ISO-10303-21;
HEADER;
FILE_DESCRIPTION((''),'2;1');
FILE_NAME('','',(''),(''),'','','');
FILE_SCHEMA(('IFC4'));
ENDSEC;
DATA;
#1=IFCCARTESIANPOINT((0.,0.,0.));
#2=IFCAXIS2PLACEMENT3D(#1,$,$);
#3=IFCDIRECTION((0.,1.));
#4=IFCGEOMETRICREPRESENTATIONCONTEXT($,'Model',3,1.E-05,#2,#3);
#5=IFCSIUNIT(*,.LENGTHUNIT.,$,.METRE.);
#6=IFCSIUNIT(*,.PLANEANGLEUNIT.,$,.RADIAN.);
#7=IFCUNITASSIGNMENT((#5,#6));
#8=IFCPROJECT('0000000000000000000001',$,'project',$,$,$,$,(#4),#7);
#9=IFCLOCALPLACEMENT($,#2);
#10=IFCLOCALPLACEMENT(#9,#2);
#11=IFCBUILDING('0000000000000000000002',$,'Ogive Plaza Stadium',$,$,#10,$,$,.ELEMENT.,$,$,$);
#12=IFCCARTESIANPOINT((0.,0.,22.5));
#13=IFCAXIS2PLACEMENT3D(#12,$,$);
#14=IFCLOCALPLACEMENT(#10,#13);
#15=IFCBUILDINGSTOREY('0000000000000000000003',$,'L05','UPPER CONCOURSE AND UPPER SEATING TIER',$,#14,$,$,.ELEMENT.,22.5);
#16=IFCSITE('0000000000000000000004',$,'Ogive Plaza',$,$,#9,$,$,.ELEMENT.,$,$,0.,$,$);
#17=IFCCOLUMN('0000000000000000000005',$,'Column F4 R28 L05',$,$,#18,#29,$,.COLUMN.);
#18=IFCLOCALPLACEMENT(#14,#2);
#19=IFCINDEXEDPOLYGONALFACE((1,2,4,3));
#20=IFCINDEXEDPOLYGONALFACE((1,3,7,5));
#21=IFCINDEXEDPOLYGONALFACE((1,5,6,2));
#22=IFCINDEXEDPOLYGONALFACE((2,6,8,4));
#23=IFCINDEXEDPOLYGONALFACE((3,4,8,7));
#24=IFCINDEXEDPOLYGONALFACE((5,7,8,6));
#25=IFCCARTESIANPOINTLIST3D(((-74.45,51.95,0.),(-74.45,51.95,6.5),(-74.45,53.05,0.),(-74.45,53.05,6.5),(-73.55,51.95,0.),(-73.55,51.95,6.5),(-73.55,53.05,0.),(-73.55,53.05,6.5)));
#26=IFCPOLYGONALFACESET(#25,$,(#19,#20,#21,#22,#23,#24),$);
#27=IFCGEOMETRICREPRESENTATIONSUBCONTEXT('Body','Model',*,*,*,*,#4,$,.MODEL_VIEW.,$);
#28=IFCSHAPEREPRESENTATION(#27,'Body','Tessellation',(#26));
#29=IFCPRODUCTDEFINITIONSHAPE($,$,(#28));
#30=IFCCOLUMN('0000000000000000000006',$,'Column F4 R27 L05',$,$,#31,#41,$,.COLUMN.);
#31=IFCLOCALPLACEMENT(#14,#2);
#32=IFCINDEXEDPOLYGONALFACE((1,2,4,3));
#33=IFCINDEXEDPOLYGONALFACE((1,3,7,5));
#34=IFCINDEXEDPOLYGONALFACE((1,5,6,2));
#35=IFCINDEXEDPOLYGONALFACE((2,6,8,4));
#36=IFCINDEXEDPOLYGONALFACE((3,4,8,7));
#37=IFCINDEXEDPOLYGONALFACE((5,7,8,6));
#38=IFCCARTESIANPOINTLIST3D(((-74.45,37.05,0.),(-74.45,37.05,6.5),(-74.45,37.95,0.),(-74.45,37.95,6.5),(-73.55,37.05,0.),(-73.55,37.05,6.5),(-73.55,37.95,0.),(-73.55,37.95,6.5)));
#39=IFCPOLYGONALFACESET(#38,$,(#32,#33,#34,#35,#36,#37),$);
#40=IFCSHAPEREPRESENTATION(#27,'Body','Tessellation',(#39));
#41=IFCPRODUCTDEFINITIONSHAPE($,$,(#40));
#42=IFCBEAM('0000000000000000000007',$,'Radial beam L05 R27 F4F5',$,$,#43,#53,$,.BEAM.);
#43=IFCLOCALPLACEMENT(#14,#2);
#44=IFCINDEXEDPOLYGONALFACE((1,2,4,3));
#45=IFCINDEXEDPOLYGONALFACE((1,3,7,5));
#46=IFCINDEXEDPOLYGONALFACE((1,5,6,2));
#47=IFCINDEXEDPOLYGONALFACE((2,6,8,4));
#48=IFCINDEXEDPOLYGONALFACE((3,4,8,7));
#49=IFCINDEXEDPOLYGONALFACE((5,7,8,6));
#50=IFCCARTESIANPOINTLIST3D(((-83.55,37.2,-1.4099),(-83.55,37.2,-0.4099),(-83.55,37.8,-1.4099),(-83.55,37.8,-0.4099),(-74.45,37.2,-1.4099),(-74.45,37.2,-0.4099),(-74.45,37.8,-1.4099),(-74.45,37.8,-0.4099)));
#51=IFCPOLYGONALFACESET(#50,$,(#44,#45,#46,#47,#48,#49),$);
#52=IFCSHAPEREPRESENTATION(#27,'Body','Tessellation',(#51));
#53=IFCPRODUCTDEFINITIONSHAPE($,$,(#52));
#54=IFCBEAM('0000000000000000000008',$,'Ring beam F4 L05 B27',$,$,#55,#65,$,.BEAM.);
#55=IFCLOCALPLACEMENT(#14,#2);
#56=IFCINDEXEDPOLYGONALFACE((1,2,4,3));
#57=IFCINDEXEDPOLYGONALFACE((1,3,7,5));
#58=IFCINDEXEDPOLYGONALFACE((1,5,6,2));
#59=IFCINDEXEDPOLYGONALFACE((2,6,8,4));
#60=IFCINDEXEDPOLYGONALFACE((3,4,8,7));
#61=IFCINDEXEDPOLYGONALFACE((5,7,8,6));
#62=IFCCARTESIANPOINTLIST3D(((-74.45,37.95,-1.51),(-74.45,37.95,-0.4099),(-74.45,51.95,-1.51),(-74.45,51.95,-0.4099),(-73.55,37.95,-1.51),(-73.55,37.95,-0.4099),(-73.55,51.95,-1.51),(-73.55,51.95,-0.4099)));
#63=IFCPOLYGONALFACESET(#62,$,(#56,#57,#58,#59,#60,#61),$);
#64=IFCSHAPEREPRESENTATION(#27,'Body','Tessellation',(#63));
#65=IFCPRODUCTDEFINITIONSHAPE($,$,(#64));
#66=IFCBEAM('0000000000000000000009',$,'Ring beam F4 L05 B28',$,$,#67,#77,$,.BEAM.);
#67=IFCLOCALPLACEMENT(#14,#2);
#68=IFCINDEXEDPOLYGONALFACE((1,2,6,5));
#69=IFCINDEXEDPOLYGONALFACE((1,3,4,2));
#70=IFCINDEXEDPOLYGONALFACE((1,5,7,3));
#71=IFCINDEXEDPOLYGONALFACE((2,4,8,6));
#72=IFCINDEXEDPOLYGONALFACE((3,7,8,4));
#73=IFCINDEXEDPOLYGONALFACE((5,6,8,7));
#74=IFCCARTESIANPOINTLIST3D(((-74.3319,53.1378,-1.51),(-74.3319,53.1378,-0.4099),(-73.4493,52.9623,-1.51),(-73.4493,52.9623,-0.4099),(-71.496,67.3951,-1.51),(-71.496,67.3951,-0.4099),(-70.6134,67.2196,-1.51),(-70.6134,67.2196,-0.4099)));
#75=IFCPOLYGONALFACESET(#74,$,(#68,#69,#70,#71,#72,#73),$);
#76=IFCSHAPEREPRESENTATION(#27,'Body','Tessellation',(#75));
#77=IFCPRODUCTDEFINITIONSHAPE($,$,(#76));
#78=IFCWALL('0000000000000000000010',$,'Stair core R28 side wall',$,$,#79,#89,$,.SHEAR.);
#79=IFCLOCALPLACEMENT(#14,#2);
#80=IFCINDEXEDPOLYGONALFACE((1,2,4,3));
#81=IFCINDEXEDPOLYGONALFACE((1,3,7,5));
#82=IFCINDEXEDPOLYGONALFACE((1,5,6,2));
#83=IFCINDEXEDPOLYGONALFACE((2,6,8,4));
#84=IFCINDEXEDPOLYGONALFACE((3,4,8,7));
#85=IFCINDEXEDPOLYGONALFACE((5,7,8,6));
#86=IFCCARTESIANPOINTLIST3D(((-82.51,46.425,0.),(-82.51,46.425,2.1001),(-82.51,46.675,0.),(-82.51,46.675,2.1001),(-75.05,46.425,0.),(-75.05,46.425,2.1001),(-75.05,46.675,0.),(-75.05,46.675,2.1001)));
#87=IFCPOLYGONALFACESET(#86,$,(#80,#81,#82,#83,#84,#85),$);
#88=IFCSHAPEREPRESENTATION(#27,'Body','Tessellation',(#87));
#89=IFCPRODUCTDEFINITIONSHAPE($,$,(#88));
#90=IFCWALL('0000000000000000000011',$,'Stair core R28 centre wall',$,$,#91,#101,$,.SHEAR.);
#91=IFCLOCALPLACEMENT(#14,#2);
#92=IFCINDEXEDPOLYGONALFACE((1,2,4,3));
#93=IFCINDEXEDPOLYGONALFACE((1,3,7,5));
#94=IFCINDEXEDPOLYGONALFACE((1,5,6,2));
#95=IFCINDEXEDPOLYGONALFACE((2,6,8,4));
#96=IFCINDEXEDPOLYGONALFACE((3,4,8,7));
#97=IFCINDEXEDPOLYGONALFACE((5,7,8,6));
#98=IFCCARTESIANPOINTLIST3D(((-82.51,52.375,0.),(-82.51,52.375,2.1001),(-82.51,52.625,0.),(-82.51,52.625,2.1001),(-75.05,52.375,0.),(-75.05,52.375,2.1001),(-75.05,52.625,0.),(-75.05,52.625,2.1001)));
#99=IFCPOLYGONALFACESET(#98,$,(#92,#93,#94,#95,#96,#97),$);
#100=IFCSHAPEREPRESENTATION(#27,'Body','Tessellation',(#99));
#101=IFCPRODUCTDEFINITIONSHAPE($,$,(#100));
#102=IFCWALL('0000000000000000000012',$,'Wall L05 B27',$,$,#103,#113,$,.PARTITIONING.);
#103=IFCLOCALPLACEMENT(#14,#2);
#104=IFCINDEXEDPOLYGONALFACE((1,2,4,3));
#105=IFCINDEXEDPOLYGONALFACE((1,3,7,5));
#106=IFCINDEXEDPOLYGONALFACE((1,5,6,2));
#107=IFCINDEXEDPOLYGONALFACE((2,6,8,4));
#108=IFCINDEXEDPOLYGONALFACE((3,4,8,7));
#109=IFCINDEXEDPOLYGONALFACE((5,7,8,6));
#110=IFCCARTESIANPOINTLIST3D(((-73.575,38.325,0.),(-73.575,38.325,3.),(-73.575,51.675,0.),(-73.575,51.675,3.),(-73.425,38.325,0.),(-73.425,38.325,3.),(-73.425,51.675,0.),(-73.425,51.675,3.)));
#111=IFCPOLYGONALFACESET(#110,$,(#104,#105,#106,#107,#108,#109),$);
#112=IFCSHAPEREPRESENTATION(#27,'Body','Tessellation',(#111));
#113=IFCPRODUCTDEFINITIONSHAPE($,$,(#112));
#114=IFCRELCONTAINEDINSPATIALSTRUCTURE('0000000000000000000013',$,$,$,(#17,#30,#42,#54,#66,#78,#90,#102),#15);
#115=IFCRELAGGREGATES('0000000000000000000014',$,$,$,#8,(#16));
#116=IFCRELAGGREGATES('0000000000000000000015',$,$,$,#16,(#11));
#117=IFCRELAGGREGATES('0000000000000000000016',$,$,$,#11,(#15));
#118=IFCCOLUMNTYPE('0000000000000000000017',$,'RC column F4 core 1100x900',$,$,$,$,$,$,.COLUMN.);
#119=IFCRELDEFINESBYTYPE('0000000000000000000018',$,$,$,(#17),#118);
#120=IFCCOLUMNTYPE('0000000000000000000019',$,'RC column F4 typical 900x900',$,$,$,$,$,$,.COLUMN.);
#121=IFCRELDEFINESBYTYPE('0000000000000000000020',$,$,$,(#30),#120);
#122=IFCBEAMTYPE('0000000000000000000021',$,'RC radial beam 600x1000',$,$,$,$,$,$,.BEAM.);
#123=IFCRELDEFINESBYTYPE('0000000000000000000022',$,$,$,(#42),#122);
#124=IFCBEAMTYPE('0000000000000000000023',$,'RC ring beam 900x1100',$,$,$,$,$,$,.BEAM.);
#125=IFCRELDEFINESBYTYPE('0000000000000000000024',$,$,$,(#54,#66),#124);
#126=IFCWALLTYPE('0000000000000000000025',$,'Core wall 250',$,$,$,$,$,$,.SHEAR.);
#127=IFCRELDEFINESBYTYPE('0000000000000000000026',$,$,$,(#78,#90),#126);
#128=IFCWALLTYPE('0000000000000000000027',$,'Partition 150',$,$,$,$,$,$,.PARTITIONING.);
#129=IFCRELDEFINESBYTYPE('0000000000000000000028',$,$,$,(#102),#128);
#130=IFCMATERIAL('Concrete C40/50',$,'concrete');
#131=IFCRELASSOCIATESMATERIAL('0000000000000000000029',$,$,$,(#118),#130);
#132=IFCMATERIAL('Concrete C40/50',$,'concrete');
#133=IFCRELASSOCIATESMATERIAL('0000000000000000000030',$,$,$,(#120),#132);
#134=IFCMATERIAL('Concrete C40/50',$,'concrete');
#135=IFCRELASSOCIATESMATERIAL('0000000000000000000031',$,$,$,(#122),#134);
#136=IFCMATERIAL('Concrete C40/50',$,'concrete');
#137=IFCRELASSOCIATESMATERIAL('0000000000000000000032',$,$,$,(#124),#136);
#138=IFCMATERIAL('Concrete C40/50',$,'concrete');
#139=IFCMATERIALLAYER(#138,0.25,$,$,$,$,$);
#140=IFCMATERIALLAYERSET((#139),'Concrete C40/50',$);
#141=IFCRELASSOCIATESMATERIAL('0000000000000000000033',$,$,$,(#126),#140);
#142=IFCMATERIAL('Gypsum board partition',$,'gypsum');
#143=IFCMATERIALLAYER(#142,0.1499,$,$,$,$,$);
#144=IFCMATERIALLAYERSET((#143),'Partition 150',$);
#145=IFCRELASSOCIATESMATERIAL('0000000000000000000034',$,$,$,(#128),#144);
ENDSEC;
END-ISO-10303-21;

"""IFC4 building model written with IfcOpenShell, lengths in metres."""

from ifc_helpers import new_model, si_unit, direction, frame, frame_2d, origin, origin_2d, place, context, subcontext, project, spatial, rectangle, extrude, material, layer, layer_set, material_profile, profile_set, type_object, element, save


model = new_model("IFC4")

# Units and contexts
model_context = context("Model", 3, precision=1e-05, world=origin(), true_north=direction((0.0, 1.0)))
body_context = subcontext(model_context, "Body", "Model", "MODEL_VIEW")
ifc_project = project(units=[si_unit("LENGTHUNIT", "METRE"), si_unit("PLANEANGLEUNIT", "RADIAN")], contexts=[model_context])

# Site, building, storey
site_placement = place(None, origin())
site = spatial("IfcSite", under=ifc_project, at=site_placement, Name="Ogive Plaza", CompositionType="ELEMENT", RefElevation=0.0)
building_placement = place(site_placement, origin())
building = spatial("IfcBuilding", under=site, at=building_placement, Name="Ogive Plaza Stadium", CompositionType="ELEMENT")
storey_placement = place(building_placement, frame((0.0, 0.0, 22.5)))
storey = spatial("IfcBuildingStorey", under=building, at=storey_placement, Name="L05", Description="UPPER CONCOURSE AND UPPER SEATING TIER", CompositionType="ELEMENT", Elevation=22.5)

# Columns
ifc_material_1 = material(Name="Concrete C40/50", Category="concrete")
ifc_material_profile_1 = material_profile(ifc_material_1, rectangle(XDim=1.1001, YDim=0.8999, at=origin_2d()), Name="RC 1100x900")
ifc_profile_set_1 = profile_set([ifc_material_profile_1], Name="Concrete C40/50")
column_type_1 = type_object("IfcColumnType", Name="RC column F4 core 1100x900", PredefinedType="COLUMN", material=ifc_profile_set_1)
column_1_placement = place(storey_placement, frame((-74.0, 52.5, 0.0), z_axis=(0.0, 0.0, 1.0), x_axis=(0.0, -1.0, 0.0)))
element("IfcColumn", 1, at=column_1_placement, inside=storey, type_object=column_type_1, Name="Column F4 R28 L05", PredefinedType="COLUMN", context=body_context, shape_type="SweptSolid", body=[
    extrude(rectangle(XDim=1.1001, YDim=0.8999, at=origin_2d()), origin(), (0.0, 0.0, 1.0), 6.5),
])
ifc_material_2 = material(Name="Concrete C40/50", Category="concrete")
ifc_material_profile_2 = material_profile(ifc_material_2, rectangle(XDim=0.8999, YDim=0.8999, at=origin_2d()), Name="RC 900x900")
ifc_profile_set_2 = profile_set([ifc_material_profile_2], Name="Concrete C40/50")
column_type_2 = type_object("IfcColumnType", Name="RC column F4 typical 900x900", PredefinedType="COLUMN", material=ifc_profile_set_2)
column_2_placement = place(storey_placement, frame((-74.0, 37.5, 0.0), z_axis=(0.0, 0.0, 1.0), x_axis=(0.0, -1.0, 0.0)))
element("IfcColumn", 2, at=column_2_placement, inside=storey, type_object=column_type_2, Name="Column F4 R27 L05", PredefinedType="COLUMN", context=body_context, shape_type="SweptSolid", body=[
    extrude(rectangle(XDim=0.8999, YDim=0.8999, at=origin_2d()), origin(), (0.0, 0.0, 1.0), 6.5),
])

# Beams
ifc_material_3 = material(Name="Concrete C40/50", Category="concrete")
ifc_material_profile_3 = material_profile(ifc_material_3, rectangle(XDim=0.6001, YDim=1.0, at=origin_2d()), Name="RC 600x1000")
ifc_profile_set_3 = profile_set([ifc_material_profile_3], Name="Concrete C40/50")
beam_type_1 = type_object("IfcBeamType", Name="RC radial beam 600x1000", PredefinedType="BEAM", material=ifc_profile_set_3)
beam_1_placement = place(storey_placement, frame((-74.45, 37.5, -0.9099), z_axis=(-1.0, 0.0, 0.0), x_axis=(0.0, -1.0, 0.0)))
element("IfcBeam", 3, at=beam_1_placement, inside=storey, type_object=beam_type_1, Name="Radial beam L05 R27 F4F5", PredefinedType="BEAM", context=body_context, shape_type="SweptSolid", body=[
    extrude(rectangle(XDim=0.6001, YDim=1.0, at=origin_2d()), origin(), (0.0, 0.0, 1.0), 9.1001),
])
ifc_material_4 = material(Name="Concrete C40/50", Category="concrete")
ifc_material_profile_4 = material_profile(ifc_material_4, rectangle(XDim=0.8999, YDim=1.1001, at=origin_2d()), Name="RC 900x1100")
ifc_profile_set_4 = profile_set([ifc_material_profile_4], Name="Concrete C40/50")
beam_type_2 = type_object("IfcBeamType", Name="RC ring beam 900x1100", PredefinedType="BEAM", material=ifc_profile_set_4)
beam_2_placement = place(storey_placement, frame((-74.0, 37.95, -0.96), z_axis=(0.0, 1.0, 0.0), x_axis=(-1.0, 0.0, 0.0)))
element("IfcBeam", 4, at=beam_2_placement, inside=storey, type_object=beam_type_2, Name="Ring beam F4 L05 B27", PredefinedType="BEAM", context=body_context, shape_type="SweptSolid", body=[
    extrude(rectangle(XDim=0.8999, YDim=1.1001, at=origin_2d()), origin(), (0.0, 0.0, 1.0), 14.0),
])
beam_3_placement = place(storey_placement, frame((-73.8906, 53.05, -0.96), z_axis=(0.195089, 0.980786, 0.0), x_axis=(-0.980786, 0.195089, 0.0)))
element("IfcBeam", 5, at=beam_3_placement, inside=storey, type_object=beam_type_2, Name="Ring beam F4 L05 B28", PredefinedType="BEAM", context=body_context, shape_type="SweptSolid", body=[
    extrude(rectangle(XDim=0.8999, YDim=1.1001, at=origin_2d()), origin(), (0.0, 0.0, 1.0), 14.5366),
])

# Walls
ifc_material_5 = material(Name="Concrete C40/50", Category="concrete")
ifc_layer_1 = layer(ifc_material_5, 0.25)
ifc_layer_set_1 = layer_set([ifc_layer_1], Name="Concrete C40/50")
wall_type_1 = type_object("IfcWallType", Name="Core wall 250", PredefinedType="SHEAR", material=ifc_layer_set_1)
for number, where, z_axis, x_axis, name in (
    (6, (-75.05, 46.55, 0.0), (0.0, 0.0, 1.0), (-1.0, 0.0, 0.0), "Stair core R28 side wall"),
    (7, (-75.05, 52.5, 0.0), (0.0, 0.0, 1.0), (-1.0, 0.0, 0.0), "Stair core R28 centre wall"),
):
    element("IfcWall", number, at=place(storey_placement, frame(where, z_axis=z_axis, x_axis=x_axis)), inside=storey, type_object=wall_type_1, Name=name, PredefinedType="SHEAR", context=body_context, shape_type="SweptSolid", body=[
        extrude(rectangle(XDim=7.46, YDim=0.25, at=frame_2d((3.73, 0.0))), origin(), (0.0, 0.0, 1.0), 2.1001),
    ])
ifc_material_6 = material(Name="Gypsum board partition", Category="gypsum")
ifc_layer_2 = layer(ifc_material_6, 0.1499)
ifc_layer_set_2 = layer_set([ifc_layer_2], Name="Partition 150")
wall_type_2 = type_object("IfcWallType", Name="Partition 150", PredefinedType="PARTITIONING", material=ifc_layer_set_2)
wall_placement = place(storey_placement, frame((-73.5, 51.675, 0.0), z_axis=(0.0, 0.0, 1.0), x_axis=(0.0, -1.0, 0.0)))
element("IfcWall", 8, at=wall_placement, inside=storey, type_object=wall_type_2, Name="Wall L05 B27", PredefinedType="PARTITIONING", context=body_context, shape_type="SweptSolid", body=[
    extrude(rectangle(XDim=13.3501, YDim=0.1499, at=frame_2d((6.675, 0.0))), origin(), (0.0, 0.0, 1.0), 3.0),
])

save(model, "model.ifc")
